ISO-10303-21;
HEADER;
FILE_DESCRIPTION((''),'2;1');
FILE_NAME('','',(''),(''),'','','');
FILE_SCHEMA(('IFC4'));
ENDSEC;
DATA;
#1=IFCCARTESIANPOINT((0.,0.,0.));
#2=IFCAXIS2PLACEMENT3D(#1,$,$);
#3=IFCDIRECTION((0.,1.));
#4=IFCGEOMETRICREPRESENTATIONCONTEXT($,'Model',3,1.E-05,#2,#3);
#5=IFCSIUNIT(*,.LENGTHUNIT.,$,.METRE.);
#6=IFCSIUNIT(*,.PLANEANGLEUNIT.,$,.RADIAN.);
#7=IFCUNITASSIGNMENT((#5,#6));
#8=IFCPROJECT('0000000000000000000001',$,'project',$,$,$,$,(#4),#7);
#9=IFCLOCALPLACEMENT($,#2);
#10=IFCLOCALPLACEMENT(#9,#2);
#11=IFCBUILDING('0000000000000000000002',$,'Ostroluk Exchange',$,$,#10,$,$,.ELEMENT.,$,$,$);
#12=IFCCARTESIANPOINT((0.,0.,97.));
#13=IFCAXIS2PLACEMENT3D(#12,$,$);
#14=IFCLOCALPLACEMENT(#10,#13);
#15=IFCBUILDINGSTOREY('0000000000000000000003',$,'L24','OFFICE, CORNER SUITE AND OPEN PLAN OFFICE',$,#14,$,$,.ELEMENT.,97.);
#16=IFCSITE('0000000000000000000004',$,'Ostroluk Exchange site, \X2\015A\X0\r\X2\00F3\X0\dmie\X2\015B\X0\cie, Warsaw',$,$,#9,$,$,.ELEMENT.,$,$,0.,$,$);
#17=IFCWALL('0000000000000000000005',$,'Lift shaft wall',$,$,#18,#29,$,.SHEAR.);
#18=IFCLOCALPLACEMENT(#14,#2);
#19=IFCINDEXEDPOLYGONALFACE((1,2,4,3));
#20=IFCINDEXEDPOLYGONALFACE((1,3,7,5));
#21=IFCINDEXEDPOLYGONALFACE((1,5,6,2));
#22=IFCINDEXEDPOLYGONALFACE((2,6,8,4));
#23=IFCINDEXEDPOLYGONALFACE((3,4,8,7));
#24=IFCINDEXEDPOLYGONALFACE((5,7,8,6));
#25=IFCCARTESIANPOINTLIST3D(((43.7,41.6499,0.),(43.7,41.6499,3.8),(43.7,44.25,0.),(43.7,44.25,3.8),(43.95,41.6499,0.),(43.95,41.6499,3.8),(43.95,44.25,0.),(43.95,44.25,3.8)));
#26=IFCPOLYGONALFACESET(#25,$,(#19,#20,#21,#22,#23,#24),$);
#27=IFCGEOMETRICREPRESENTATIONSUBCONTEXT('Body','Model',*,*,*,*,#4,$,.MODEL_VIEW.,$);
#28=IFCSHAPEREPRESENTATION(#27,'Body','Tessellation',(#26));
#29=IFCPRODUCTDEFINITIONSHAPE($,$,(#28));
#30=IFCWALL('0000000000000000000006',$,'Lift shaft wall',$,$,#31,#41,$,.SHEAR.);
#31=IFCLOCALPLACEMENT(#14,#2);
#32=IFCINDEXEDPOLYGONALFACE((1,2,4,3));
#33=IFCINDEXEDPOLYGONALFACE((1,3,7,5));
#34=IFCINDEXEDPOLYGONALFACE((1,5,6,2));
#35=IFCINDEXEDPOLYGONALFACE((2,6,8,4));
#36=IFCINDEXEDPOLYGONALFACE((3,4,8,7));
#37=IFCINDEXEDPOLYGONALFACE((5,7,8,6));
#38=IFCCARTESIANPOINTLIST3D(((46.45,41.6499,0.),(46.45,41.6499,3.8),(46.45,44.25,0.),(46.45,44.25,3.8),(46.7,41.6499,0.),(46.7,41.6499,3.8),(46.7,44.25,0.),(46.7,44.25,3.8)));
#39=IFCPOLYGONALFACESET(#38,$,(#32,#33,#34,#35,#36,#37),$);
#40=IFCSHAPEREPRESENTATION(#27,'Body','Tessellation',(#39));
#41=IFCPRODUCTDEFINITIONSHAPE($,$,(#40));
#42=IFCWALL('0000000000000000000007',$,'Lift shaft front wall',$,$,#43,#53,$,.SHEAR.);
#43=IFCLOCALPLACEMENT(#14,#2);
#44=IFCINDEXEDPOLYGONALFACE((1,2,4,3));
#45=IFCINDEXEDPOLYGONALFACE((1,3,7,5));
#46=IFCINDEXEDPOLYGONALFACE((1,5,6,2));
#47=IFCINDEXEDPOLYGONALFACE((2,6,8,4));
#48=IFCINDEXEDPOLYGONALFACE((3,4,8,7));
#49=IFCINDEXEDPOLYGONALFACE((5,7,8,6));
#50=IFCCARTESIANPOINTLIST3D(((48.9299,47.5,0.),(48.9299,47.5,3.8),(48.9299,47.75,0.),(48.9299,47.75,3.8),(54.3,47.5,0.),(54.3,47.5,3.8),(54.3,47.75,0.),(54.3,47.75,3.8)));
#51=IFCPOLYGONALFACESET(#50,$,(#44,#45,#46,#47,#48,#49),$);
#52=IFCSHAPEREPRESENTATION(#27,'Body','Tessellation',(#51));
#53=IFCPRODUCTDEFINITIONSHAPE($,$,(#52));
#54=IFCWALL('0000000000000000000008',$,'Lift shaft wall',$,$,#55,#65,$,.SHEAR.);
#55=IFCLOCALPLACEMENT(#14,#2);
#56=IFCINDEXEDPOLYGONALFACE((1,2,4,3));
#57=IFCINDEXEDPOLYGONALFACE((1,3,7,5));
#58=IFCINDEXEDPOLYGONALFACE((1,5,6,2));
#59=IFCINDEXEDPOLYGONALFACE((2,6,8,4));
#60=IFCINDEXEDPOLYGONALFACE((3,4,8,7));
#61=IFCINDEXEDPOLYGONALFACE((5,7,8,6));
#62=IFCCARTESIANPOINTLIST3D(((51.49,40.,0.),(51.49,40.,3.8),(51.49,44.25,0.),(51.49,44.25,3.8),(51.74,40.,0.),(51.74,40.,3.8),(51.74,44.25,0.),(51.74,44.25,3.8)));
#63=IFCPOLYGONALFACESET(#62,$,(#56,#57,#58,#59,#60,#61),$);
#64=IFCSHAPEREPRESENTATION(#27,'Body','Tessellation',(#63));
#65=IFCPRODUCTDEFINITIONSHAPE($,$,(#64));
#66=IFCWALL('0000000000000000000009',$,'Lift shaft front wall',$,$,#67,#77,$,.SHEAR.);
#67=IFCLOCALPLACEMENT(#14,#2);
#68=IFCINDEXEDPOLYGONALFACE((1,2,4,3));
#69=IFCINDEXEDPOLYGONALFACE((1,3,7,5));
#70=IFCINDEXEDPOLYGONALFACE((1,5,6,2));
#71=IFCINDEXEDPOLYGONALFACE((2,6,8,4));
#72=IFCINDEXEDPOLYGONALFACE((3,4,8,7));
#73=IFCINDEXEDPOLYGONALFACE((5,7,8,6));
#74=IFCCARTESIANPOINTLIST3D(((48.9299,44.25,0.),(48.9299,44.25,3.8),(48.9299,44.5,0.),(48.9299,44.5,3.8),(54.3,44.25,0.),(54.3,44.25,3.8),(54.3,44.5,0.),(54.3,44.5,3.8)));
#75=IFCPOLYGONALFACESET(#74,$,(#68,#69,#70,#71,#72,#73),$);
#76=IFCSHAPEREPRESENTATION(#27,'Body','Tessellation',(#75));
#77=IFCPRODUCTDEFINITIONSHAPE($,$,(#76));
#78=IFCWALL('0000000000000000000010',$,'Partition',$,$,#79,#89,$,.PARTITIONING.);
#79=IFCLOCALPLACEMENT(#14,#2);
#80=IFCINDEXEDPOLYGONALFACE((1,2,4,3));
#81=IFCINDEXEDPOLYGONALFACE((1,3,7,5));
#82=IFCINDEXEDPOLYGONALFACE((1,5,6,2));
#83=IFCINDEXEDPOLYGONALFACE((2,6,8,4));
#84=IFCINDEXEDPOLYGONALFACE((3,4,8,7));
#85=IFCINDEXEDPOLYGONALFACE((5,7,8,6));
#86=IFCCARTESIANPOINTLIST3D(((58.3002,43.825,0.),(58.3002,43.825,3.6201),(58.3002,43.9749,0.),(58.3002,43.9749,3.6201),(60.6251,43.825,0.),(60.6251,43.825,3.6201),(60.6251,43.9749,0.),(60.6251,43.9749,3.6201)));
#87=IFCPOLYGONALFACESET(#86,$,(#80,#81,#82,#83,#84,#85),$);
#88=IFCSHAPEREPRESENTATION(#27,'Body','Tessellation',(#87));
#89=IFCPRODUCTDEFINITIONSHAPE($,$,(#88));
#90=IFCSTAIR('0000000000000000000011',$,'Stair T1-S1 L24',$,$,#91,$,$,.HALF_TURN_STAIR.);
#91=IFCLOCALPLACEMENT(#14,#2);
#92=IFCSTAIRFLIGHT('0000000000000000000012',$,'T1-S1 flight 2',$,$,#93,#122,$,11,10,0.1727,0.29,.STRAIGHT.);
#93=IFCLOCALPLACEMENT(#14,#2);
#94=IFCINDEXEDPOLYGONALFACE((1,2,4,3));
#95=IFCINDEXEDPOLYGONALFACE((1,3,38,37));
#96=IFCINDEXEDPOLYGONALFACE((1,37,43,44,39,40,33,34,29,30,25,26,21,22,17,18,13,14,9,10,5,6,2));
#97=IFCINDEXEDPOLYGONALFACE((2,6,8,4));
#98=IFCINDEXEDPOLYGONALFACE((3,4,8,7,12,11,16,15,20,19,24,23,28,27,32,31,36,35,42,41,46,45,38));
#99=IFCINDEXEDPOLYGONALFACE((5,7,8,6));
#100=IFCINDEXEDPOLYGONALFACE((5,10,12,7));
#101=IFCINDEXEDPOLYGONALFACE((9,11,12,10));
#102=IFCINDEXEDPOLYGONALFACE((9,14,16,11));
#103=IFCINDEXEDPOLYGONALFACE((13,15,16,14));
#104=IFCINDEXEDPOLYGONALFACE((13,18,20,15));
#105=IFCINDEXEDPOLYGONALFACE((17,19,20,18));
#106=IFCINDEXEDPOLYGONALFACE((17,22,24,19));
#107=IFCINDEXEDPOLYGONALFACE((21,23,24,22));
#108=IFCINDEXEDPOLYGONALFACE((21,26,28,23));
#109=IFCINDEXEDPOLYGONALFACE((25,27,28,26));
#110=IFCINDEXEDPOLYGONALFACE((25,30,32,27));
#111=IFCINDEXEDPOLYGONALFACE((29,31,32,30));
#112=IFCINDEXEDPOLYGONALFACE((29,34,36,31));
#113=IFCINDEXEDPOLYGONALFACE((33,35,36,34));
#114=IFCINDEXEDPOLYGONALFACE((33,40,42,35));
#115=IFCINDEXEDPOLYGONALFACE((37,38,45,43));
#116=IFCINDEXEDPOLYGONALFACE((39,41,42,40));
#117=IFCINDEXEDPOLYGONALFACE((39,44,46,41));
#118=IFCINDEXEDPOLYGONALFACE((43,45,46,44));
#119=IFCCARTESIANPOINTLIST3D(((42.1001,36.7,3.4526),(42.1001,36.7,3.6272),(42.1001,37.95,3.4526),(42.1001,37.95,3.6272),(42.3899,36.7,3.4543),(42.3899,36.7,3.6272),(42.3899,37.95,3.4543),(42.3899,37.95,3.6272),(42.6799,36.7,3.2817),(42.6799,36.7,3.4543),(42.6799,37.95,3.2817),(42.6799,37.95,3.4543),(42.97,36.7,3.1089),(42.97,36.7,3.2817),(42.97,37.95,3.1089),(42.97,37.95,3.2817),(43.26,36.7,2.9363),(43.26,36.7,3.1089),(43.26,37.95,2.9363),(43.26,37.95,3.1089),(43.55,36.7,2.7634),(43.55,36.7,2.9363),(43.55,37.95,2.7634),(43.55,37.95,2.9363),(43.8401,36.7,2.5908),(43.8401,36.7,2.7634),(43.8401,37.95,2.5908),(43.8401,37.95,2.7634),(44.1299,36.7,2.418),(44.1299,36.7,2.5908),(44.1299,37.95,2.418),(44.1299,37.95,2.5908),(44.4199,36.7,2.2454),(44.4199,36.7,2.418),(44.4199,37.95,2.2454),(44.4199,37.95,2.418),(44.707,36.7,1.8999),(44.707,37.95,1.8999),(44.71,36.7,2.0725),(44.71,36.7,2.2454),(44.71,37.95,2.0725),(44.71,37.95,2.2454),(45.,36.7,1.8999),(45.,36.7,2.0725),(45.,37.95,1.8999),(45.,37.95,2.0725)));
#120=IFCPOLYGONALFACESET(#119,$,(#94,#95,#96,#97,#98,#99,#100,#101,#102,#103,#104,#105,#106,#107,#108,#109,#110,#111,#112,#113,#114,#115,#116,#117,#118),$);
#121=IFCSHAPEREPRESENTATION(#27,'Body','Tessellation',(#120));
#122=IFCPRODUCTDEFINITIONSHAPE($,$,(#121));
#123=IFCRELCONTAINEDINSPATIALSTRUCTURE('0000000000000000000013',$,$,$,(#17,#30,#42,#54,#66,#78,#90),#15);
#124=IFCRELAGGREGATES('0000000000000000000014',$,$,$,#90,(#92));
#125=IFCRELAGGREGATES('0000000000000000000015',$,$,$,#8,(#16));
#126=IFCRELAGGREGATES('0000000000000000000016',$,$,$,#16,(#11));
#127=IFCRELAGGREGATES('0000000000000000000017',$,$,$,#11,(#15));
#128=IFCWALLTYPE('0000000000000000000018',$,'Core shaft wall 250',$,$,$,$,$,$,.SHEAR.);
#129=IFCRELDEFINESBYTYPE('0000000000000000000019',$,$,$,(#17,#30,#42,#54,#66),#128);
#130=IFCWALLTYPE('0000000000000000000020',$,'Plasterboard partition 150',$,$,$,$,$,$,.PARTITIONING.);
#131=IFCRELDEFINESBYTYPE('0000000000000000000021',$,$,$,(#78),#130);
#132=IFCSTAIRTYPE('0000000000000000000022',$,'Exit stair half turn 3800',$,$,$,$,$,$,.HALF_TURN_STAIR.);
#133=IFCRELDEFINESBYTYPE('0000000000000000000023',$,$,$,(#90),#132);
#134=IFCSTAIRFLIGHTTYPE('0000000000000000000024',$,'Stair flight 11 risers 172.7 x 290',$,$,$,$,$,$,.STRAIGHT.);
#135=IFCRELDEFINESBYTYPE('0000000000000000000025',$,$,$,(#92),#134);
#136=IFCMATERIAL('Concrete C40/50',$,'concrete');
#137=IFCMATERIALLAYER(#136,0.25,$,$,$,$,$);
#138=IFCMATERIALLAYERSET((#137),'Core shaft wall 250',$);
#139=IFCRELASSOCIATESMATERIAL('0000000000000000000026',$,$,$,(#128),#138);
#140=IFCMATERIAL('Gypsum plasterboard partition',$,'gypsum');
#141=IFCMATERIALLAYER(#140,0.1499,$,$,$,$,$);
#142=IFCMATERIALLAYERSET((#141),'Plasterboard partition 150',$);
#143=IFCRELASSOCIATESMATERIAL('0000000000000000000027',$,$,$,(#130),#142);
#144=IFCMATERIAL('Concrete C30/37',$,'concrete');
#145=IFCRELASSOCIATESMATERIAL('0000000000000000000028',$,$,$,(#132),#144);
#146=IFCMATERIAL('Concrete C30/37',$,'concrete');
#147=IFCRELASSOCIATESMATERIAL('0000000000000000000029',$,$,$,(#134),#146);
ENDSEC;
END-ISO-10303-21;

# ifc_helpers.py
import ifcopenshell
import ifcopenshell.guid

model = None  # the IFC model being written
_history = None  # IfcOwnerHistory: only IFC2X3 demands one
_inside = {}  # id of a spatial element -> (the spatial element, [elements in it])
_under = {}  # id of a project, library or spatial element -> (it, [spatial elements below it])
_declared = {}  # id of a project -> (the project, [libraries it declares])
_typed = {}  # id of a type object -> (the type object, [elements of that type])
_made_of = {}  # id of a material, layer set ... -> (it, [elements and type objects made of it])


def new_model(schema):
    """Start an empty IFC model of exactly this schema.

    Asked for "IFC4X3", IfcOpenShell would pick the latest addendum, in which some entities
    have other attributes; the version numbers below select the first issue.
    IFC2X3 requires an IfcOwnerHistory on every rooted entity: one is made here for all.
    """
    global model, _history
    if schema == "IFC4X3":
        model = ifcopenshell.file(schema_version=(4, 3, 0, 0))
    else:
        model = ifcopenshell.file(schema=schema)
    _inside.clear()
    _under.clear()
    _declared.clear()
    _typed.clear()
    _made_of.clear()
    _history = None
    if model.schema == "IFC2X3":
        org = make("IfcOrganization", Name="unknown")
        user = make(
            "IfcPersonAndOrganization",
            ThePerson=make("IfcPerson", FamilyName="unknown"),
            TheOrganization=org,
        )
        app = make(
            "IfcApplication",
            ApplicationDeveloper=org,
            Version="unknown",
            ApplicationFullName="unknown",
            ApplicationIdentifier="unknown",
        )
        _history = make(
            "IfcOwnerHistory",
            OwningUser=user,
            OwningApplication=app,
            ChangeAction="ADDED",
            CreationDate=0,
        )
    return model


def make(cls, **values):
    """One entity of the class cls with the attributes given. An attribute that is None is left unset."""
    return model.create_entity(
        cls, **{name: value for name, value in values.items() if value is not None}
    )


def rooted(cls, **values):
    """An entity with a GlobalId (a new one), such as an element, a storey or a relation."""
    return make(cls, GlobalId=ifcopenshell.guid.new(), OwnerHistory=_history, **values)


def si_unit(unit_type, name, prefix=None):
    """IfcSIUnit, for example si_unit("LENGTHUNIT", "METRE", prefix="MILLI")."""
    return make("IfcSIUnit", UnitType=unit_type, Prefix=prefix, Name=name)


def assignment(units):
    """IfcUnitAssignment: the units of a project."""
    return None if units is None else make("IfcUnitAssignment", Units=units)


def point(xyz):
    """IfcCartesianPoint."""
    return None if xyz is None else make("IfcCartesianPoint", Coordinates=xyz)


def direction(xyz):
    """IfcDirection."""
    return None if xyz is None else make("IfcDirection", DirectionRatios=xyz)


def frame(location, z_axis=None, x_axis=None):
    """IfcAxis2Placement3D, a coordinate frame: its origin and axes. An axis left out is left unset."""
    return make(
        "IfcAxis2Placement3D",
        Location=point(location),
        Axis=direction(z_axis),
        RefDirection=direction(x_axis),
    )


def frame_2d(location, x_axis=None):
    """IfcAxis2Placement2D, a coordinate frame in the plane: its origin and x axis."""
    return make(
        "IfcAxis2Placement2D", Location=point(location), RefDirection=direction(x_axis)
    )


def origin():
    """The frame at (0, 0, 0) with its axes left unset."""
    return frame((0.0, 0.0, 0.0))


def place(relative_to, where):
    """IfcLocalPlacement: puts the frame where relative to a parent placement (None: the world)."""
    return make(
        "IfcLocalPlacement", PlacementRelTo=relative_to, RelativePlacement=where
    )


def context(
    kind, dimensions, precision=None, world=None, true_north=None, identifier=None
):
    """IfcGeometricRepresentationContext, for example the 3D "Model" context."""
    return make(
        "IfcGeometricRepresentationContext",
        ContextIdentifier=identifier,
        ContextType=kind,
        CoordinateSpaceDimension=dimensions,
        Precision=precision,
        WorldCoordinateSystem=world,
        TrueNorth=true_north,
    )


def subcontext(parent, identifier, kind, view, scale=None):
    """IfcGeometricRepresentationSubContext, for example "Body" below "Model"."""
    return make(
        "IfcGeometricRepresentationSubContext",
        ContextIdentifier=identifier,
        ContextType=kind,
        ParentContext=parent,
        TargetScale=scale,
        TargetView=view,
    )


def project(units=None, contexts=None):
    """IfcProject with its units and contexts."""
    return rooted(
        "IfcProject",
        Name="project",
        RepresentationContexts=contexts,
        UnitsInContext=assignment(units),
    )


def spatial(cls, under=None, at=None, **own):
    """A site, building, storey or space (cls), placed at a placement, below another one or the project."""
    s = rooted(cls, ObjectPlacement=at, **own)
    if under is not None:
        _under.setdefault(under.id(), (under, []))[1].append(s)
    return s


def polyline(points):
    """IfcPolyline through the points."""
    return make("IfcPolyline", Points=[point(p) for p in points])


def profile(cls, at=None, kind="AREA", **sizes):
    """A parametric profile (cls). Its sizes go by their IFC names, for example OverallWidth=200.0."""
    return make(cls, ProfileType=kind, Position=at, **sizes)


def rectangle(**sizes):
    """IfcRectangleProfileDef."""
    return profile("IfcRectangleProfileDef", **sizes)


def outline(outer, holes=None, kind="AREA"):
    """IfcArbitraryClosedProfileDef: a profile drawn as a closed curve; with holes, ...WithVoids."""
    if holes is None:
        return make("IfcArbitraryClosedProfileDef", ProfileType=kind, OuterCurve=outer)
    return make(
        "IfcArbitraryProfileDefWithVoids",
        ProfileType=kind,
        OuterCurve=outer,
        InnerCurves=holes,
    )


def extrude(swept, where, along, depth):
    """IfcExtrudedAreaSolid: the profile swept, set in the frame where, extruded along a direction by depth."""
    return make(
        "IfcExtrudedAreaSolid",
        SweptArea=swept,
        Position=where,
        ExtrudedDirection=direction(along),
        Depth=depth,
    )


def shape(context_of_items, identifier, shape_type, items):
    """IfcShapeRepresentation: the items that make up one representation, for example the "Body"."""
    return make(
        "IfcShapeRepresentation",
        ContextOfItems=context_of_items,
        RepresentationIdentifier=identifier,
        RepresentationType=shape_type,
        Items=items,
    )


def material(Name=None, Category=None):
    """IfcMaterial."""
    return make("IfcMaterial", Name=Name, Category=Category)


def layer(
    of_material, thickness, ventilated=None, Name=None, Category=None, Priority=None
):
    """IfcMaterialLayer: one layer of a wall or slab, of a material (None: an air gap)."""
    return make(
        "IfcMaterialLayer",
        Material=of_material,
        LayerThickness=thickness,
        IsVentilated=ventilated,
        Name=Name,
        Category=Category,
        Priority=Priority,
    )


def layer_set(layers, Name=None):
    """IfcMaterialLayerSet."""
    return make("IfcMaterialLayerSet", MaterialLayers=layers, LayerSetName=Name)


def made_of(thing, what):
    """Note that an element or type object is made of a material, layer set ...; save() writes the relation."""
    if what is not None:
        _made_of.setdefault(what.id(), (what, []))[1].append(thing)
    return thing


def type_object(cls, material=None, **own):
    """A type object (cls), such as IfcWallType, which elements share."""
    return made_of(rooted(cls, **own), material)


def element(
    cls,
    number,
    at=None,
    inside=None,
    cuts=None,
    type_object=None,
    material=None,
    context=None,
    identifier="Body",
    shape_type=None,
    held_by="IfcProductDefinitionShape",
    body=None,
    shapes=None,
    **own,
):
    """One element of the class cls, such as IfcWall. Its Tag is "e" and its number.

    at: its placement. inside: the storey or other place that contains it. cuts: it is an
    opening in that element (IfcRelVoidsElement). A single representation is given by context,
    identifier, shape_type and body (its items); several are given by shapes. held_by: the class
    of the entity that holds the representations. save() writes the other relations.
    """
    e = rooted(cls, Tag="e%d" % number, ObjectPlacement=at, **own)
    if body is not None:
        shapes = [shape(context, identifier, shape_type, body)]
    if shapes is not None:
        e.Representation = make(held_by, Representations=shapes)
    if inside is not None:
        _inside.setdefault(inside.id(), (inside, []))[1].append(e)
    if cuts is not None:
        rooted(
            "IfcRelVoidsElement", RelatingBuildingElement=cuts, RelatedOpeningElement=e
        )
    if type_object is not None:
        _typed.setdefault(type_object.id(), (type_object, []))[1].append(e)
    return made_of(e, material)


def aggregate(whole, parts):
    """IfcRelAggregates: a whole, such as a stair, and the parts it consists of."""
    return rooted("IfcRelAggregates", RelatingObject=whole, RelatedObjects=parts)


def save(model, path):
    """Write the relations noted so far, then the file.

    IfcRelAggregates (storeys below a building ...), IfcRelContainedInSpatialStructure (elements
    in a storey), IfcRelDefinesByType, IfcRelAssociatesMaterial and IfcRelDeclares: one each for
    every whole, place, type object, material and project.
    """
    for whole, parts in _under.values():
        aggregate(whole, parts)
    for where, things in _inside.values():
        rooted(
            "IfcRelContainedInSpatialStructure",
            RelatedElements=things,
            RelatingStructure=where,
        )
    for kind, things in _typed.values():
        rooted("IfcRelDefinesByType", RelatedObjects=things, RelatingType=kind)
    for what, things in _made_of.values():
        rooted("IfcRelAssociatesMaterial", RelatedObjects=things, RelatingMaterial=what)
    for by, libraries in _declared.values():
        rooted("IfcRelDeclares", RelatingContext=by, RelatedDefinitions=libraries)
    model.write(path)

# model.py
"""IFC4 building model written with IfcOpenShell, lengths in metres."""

from ifc_helpers import new_model, si_unit, direction, frame, frame_2d, origin, place, context, subcontext, project, spatial, polyline, rectangle, outline, extrude, material, layer, layer_set, type_object, element, aggregate, save


model = new_model("IFC4")

# Units and contexts
model_context = context("Model", 3, precision=1e-05, world=origin(), true_north=direction((0.0, 1.0)))
body_context = subcontext(model_context, "Body", "Model", "MODEL_VIEW")
ifc_project = project(units=[si_unit("LENGTHUNIT", "METRE"), si_unit("PLANEANGLEUNIT", "RADIAN")], contexts=[model_context])

# Site, building, storey
site_placement = place(None, origin())
site = spatial("IfcSite", under=ifc_project, at=site_placement, Name="Ostroluk Exchange site, Śródmieście, Warsaw", CompositionType="ELEMENT", RefElevation=0.0)
building_placement = place(site_placement, origin())
building = spatial("IfcBuilding", under=site, at=building_placement, Name="Ostroluk Exchange", CompositionType="ELEMENT")
storey_placement = place(building_placement, frame((0.0, 0.0, 97.0)))
storey = spatial("IfcBuildingStorey", under=building, at=storey_placement, Name="L24", Description="OFFICE, CORNER SUITE AND OPEN PLAN OFFICE", CompositionType="ELEMENT", Elevation=97.0)

# Shared definitions
ifc_material_1 = material(Name="Concrete C40/50", Category="concrete")
ifc_layer_1 = layer(ifc_material_1, 0.25)
ifc_layer_set_1 = layer_set([ifc_layer_1], Name="Core shaft wall 250")
wall_type_1 = type_object("IfcWallType", Name="Core shaft wall 250", PredefinedType="SHEAR", material=ifc_layer_set_1)

# Walls
for number, where, z_axis, x_axis, name in (
    (1, (43.825, 44.25, 0.0), (0.0, 0.0, 1.0), (0.0, -1.0, 0.0), "Lift shaft wall"),
    (2, (46.575, 44.25, 0.0), (0.0, 0.0, 1.0), (0.0, -1.0, 0.0), "Lift shaft wall"),
):
    element("IfcWall", number, at=place(storey_placement, frame(where, z_axis=z_axis, x_axis=x_axis)), inside=storey, type_object=wall_type_1, Name=name, PredefinedType="SHEAR", context=body_context, shape_type="SweptSolid", body=[
        extrude(rectangle(XDim=2.6001, YDim=0.25, at=frame_2d((1.3, 0.0))), origin(), (0.0, 0.0, 1.0), 3.8),
    ])
wall_1_placement = place(storey_placement, frame((48.9299, 47.625, 0.0), z_axis=(0.0, 0.0, 1.0), x_axis=(1.0, 0.0, 0.0)))
element("IfcWall", 3, at=wall_1_placement, inside=storey, type_object=wall_type_1, Name="Lift shaft front wall", PredefinedType="SHEAR", context=body_context, shape_type="SweptSolid", body=[
    extrude(rectangle(XDim=5.3701, YDim=0.25, at=frame_2d((2.6851, 0.0))), origin(), (0.0, 0.0, 1.0), 3.8),
])
wall_2_placement = place(storey_placement, frame((51.615, 44.25, 0.0), z_axis=(0.0, 0.0, 1.0), x_axis=(0.0, -1.0, 0.0)))
element("IfcWall", 4, at=wall_2_placement, inside=storey, type_object=wall_type_1, Name="Lift shaft wall", PredefinedType="SHEAR", context=body_context, shape_type="SweptSolid", body=[
    extrude(rectangle(XDim=4.25, YDim=0.25, at=frame_2d((2.125, 0.0))), origin(), (0.0, 0.0, 1.0), 3.8),
])
wall_3_placement = place(storey_placement, frame((48.9299, 44.375, 0.0), z_axis=(0.0, 0.0, 1.0), x_axis=(1.0, 0.0, 0.0)))
element("IfcWall", 5, at=wall_3_placement, inside=storey, type_object=wall_type_1, Name="Lift shaft front wall", PredefinedType="SHEAR", context=body_context, shape_type="SweptSolid", body=[
    extrude(rectangle(XDim=5.3701, YDim=0.25, at=frame_2d((2.6851, 0.0))), origin(), (0.0, 0.0, 1.0), 3.8),
])

# Wall
ifc_material_2 = material(Name="Gypsum plasterboard partition", Category="gypsum")
ifc_layer_2 = layer(ifc_material_2, 0.1499)
ifc_layer_set_2 = layer_set([ifc_layer_2], Name="Plasterboard partition 150")
wall_type_2 = type_object("IfcWallType", Name="Plasterboard partition 150", PredefinedType="PARTITIONING", material=ifc_layer_set_2)
wall_4_placement = place(storey_placement, frame((58.3, 43.8999, 0.0), z_axis=(0.0, 0.0, 1.0), x_axis=(1.0, 0.0, 0.0)))
element("IfcWall", 6, at=wall_4_placement, inside=storey, type_object=wall_type_2, Name="Partition", PredefinedType="PARTITIONING", context=body_context, shape_type="SweptSolid", body=[
    extrude(rectangle(XDim=2.325, YDim=0.1499, at=frame_2d((1.1626, 0.0))), origin(), (0.0, 0.0, 1.0), 3.6201),
])

# Stair, stair flight
ifc_material_3 = material(Name="Concrete C30/37", Category="concrete")
stair_type = type_object("IfcStairType", Name="Exit stair half turn 3800", PredefinedType="HALF_TURN_STAIR", material=ifc_material_3)
stair_placement = place(storey_placement, origin())
stair = element("IfcStair", 7, at=stair_placement, inside=storey, type_object=stair_type, Name="Stair T1-S1 L24", PredefinedType="HALF_TURN_STAIR")
ifc_material_4 = material(Name="Concrete C30/37", Category="concrete")
stair_flight_type = type_object("IfcStairFlightType", Name="Stair flight 11 risers 172.7 x 290", PredefinedType="STRAIGHT", material=ifc_material_4)
stair_flight_placement = place(storey_placement, frame((45.0, 37.325, 1.8999), z_axis=(0.0, 0.0, 1.0), x_axis=(-1.0, 0.0, 0.0)))
stair_flight = element("IfcStairFlight", 8, at=stair_flight_placement, type_object=stair_flight_type, Name="T1-S1 flight 2", NumberOfRisers=11, NumberOfTreads=10, PredefinedType="STRAIGHT", RiserHeight=0.1727, TreadLength=0.29, context=body_context, shape_type="SweptSolid", body=[
    extrude(outline(polyline([(0.0, 0.0), (0.0, 0.1726), (0.29, 0.1726), (0.29, 0.3455), (0.5801, 0.3455), (0.5801, 0.5181), (0.8701, 0.5181), (0.8701, 0.6909), (1.1599, 0.6909), (1.1599, 0.8635), (1.45, 0.8635), (1.45, 1.0364), (1.74, 1.0364), (1.74, 1.209), (2.03, 1.209), (2.03, 1.3818), (2.3201, 1.3818), (2.3201, 1.5544), (2.6101, 1.5544), (2.6101, 1.7273), (2.8999, 1.7273), (2.8999, 1.8999), (2.8999, 1.5527), (0.293, 0.0), (0.0, 0.0)])), frame((0.0, 0.625, 0.0), z_axis=(0.0, -1.0, 0.0), x_axis=(1.0, 0.0, 0.0)), (0.0, 0.0, 1.0), 1.25),
])
aggregate(stair, [stair_flight])

save(model, "model.ifc")
